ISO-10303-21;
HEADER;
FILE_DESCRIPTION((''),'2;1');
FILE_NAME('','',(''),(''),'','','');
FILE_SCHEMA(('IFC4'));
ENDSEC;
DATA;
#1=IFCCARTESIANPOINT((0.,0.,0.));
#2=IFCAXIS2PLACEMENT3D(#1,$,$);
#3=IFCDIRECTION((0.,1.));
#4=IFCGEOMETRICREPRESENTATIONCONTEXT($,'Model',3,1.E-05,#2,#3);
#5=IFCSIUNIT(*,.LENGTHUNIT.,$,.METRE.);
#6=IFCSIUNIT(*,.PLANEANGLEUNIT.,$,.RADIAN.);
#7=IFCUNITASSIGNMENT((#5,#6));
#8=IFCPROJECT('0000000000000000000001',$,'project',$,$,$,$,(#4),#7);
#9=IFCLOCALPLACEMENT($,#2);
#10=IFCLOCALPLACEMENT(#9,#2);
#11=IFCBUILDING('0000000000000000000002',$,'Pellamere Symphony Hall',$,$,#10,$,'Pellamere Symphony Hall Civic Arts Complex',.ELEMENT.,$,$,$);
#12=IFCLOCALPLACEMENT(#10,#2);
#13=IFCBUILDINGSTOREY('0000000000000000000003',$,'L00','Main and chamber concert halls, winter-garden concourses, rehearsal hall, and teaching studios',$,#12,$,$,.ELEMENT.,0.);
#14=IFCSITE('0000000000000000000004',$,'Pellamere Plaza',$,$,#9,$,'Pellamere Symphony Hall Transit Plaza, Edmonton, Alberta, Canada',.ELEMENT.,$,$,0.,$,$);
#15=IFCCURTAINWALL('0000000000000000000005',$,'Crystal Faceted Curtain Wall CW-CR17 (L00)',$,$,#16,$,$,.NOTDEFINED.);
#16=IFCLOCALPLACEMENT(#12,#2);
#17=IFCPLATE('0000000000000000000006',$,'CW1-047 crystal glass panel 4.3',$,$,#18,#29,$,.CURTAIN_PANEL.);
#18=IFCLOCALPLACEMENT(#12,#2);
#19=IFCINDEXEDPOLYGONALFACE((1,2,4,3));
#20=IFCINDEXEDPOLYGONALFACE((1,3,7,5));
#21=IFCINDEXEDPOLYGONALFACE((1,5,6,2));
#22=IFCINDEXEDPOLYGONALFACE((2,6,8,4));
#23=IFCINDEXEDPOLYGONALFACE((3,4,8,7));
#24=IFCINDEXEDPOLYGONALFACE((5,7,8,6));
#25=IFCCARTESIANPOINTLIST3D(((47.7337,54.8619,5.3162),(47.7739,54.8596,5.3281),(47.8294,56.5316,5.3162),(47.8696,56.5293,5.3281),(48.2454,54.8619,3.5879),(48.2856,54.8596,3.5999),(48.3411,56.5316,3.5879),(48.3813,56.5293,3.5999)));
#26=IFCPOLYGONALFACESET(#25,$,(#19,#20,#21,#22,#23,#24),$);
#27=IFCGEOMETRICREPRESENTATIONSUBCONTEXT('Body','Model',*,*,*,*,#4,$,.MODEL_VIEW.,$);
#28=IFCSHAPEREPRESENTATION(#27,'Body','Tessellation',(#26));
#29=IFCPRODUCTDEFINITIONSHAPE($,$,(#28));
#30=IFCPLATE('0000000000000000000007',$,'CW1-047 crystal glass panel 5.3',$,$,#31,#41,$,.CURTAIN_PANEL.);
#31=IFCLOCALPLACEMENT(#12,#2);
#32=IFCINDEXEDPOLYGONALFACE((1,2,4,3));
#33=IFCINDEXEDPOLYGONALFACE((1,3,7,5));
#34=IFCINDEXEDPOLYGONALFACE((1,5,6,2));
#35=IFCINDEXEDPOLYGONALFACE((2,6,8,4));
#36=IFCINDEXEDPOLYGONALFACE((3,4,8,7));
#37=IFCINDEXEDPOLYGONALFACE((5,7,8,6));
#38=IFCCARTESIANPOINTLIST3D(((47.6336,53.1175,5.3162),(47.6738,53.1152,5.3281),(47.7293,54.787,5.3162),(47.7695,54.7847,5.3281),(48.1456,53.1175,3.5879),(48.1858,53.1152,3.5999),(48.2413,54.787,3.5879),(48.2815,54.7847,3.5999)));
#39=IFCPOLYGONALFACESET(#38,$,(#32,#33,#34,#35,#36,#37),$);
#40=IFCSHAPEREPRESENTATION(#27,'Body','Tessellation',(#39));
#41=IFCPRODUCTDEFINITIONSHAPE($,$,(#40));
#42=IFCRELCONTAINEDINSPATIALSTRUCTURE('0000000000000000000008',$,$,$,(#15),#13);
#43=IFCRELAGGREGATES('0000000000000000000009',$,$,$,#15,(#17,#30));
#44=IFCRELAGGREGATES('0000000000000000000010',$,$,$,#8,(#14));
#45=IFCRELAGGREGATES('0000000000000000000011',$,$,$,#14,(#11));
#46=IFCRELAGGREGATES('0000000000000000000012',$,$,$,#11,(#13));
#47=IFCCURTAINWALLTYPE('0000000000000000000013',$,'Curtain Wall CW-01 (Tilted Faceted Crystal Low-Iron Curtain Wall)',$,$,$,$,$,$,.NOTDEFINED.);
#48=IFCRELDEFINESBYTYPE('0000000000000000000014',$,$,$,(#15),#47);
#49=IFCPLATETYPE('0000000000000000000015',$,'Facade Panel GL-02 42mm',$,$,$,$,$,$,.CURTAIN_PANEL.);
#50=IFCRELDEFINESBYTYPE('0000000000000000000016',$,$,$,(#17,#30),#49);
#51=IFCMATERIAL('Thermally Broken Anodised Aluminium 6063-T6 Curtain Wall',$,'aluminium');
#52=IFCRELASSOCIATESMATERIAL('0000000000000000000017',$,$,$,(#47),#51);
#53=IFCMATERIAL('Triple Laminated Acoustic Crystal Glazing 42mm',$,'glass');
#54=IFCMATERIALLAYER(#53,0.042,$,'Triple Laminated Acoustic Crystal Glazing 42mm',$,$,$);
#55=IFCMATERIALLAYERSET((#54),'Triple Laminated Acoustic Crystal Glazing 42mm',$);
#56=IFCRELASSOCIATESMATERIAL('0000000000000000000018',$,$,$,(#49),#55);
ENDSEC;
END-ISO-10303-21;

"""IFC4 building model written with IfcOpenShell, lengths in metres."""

from ifc_helpers import new_model, si_unit, direction, frame, origin, place, context, subcontext, project, spatial, polyline, outline, extrude, material, layer, layer_set, type_object, element, aggregate, save


model = new_model("IFC4")

# Units and contexts
model_context = context("Model", 3, precision=1e-05, world=origin(), true_north=direction((0.0, 1.0)))
body_context = subcontext(model_context, "Body", "Model", "MODEL_VIEW")
ifc_project = project(units=[si_unit("LENGTHUNIT", "METRE"), si_unit("PLANEANGLEUNIT", "RADIAN")], contexts=[model_context])

# Site, building, storey
site_placement = place(None, origin())
site = spatial("IfcSite", under=ifc_project, at=site_placement, Name="Pellamere Plaza", LongName="Pellamere Symphony Hall Transit Plaza, Edmonton, Alberta, Canada", CompositionType="ELEMENT", RefElevation=0.0)
building_placement = place(site_placement, origin())
building = spatial("IfcBuilding", under=site, at=building_placement, Name="Pellamere Symphony Hall", LongName="Pellamere Symphony Hall Civic Arts Complex", CompositionType="ELEMENT")
storey_placement = place(building_placement, origin())
storey = spatial("IfcBuildingStorey", under=building, at=storey_placement, Name="L00", Description="Main and chamber concert halls, winter-garden concourses, rehearsal hall, and teaching studios", CompositionType="ELEMENT", Elevation=0.0)

# Curtain wall
ifc_material_1 = material(Name="Thermally Broken Anodised Aluminium 6063-T6 Curtain Wall", Category="aluminium")
curtain_wall_type = type_object("IfcCurtainWallType", Name="Curtain Wall CW-01 (Tilted Faceted Crystal Low-Iron Curtain Wall)", PredefinedType="NOTDEFINED", material=ifc_material_1)
curtain_wall_1_placement = place(storey_placement, origin())
curtain_wall_1 = element("IfcCurtainWall", 1, at=curtain_wall_1_placement, inside=storey, type_object=curtain_wall_type, Name="Crystal Faceted Curtain Wall CW-CR17 (L00)", PredefinedType="NOTDEFINED")

# Plates
ifc_material_2 = material(Name="Triple Laminated Acoustic Crystal Glazing 42mm", Category="glass")
ifc_layer_1 = layer(ifc_material_2, 0.042, Name="Triple Laminated Acoustic Crystal Glazing 42mm")
ifc_layer_set_1 = layer_set([ifc_layer_1], Name="Triple Laminated Acoustic Crystal Glazing 42mm")
plate_type_1 = type_object("IfcPlateType", Name="Facade Panel GL-02 42mm", PredefinedType="CURTAIN_PANEL", material=ifc_layer_set_1)
plate_1_placement = place(storey_placement, frame((48.3813, 56.5293, 3.5999), z_axis=(0.957408, -0.054877, 0.283476), x_axis=(-0.057224, -0.998361, 0.0)))
plate_1 = element("IfcPlate", 2, at=plate_1_placement, type_object=plate_type_1, Name="CW1-047 crystal glass panel 4.3", PredefinedType="CURTAIN_PANEL", context=body_context, shape_type="SweptSolid", body=[
    extrude(outline(polyline([(0.0, 0.0), (1.6724, 0.0), (1.7017, -1.8022), (0.0293, -1.8022), (0.0, 0.0)])), origin(), (0.0, 0.0, -1.0), 0.042),
])
plate_2_placement = place(storey_placement, frame((48.2815, 54.7847, 3.5999), z_axis=(0.957371, -0.054883, 0.2836), x_axis=(-0.057233, -0.998361, 0.0)))
plate_2 = element("IfcPlate", 3, at=plate_2_placement, type_object=plate_type_1, Name="CW1-047 crystal glass panel 5.3", PredefinedType="CURTAIN_PANEL", context=body_context, shape_type="SweptSolid", body=[
    extrude(outline(polyline([(0.0, 0.0), (1.6722, 0.0), (1.7015, -1.8023), (0.0293, -1.8023), (0.0, 0.0)])), origin(), (0.0, 0.0, -1.0), 0.042),
])
aggregate(curtain_wall_1, [plate_1, plate_2])

save(model, "model.ifc")
